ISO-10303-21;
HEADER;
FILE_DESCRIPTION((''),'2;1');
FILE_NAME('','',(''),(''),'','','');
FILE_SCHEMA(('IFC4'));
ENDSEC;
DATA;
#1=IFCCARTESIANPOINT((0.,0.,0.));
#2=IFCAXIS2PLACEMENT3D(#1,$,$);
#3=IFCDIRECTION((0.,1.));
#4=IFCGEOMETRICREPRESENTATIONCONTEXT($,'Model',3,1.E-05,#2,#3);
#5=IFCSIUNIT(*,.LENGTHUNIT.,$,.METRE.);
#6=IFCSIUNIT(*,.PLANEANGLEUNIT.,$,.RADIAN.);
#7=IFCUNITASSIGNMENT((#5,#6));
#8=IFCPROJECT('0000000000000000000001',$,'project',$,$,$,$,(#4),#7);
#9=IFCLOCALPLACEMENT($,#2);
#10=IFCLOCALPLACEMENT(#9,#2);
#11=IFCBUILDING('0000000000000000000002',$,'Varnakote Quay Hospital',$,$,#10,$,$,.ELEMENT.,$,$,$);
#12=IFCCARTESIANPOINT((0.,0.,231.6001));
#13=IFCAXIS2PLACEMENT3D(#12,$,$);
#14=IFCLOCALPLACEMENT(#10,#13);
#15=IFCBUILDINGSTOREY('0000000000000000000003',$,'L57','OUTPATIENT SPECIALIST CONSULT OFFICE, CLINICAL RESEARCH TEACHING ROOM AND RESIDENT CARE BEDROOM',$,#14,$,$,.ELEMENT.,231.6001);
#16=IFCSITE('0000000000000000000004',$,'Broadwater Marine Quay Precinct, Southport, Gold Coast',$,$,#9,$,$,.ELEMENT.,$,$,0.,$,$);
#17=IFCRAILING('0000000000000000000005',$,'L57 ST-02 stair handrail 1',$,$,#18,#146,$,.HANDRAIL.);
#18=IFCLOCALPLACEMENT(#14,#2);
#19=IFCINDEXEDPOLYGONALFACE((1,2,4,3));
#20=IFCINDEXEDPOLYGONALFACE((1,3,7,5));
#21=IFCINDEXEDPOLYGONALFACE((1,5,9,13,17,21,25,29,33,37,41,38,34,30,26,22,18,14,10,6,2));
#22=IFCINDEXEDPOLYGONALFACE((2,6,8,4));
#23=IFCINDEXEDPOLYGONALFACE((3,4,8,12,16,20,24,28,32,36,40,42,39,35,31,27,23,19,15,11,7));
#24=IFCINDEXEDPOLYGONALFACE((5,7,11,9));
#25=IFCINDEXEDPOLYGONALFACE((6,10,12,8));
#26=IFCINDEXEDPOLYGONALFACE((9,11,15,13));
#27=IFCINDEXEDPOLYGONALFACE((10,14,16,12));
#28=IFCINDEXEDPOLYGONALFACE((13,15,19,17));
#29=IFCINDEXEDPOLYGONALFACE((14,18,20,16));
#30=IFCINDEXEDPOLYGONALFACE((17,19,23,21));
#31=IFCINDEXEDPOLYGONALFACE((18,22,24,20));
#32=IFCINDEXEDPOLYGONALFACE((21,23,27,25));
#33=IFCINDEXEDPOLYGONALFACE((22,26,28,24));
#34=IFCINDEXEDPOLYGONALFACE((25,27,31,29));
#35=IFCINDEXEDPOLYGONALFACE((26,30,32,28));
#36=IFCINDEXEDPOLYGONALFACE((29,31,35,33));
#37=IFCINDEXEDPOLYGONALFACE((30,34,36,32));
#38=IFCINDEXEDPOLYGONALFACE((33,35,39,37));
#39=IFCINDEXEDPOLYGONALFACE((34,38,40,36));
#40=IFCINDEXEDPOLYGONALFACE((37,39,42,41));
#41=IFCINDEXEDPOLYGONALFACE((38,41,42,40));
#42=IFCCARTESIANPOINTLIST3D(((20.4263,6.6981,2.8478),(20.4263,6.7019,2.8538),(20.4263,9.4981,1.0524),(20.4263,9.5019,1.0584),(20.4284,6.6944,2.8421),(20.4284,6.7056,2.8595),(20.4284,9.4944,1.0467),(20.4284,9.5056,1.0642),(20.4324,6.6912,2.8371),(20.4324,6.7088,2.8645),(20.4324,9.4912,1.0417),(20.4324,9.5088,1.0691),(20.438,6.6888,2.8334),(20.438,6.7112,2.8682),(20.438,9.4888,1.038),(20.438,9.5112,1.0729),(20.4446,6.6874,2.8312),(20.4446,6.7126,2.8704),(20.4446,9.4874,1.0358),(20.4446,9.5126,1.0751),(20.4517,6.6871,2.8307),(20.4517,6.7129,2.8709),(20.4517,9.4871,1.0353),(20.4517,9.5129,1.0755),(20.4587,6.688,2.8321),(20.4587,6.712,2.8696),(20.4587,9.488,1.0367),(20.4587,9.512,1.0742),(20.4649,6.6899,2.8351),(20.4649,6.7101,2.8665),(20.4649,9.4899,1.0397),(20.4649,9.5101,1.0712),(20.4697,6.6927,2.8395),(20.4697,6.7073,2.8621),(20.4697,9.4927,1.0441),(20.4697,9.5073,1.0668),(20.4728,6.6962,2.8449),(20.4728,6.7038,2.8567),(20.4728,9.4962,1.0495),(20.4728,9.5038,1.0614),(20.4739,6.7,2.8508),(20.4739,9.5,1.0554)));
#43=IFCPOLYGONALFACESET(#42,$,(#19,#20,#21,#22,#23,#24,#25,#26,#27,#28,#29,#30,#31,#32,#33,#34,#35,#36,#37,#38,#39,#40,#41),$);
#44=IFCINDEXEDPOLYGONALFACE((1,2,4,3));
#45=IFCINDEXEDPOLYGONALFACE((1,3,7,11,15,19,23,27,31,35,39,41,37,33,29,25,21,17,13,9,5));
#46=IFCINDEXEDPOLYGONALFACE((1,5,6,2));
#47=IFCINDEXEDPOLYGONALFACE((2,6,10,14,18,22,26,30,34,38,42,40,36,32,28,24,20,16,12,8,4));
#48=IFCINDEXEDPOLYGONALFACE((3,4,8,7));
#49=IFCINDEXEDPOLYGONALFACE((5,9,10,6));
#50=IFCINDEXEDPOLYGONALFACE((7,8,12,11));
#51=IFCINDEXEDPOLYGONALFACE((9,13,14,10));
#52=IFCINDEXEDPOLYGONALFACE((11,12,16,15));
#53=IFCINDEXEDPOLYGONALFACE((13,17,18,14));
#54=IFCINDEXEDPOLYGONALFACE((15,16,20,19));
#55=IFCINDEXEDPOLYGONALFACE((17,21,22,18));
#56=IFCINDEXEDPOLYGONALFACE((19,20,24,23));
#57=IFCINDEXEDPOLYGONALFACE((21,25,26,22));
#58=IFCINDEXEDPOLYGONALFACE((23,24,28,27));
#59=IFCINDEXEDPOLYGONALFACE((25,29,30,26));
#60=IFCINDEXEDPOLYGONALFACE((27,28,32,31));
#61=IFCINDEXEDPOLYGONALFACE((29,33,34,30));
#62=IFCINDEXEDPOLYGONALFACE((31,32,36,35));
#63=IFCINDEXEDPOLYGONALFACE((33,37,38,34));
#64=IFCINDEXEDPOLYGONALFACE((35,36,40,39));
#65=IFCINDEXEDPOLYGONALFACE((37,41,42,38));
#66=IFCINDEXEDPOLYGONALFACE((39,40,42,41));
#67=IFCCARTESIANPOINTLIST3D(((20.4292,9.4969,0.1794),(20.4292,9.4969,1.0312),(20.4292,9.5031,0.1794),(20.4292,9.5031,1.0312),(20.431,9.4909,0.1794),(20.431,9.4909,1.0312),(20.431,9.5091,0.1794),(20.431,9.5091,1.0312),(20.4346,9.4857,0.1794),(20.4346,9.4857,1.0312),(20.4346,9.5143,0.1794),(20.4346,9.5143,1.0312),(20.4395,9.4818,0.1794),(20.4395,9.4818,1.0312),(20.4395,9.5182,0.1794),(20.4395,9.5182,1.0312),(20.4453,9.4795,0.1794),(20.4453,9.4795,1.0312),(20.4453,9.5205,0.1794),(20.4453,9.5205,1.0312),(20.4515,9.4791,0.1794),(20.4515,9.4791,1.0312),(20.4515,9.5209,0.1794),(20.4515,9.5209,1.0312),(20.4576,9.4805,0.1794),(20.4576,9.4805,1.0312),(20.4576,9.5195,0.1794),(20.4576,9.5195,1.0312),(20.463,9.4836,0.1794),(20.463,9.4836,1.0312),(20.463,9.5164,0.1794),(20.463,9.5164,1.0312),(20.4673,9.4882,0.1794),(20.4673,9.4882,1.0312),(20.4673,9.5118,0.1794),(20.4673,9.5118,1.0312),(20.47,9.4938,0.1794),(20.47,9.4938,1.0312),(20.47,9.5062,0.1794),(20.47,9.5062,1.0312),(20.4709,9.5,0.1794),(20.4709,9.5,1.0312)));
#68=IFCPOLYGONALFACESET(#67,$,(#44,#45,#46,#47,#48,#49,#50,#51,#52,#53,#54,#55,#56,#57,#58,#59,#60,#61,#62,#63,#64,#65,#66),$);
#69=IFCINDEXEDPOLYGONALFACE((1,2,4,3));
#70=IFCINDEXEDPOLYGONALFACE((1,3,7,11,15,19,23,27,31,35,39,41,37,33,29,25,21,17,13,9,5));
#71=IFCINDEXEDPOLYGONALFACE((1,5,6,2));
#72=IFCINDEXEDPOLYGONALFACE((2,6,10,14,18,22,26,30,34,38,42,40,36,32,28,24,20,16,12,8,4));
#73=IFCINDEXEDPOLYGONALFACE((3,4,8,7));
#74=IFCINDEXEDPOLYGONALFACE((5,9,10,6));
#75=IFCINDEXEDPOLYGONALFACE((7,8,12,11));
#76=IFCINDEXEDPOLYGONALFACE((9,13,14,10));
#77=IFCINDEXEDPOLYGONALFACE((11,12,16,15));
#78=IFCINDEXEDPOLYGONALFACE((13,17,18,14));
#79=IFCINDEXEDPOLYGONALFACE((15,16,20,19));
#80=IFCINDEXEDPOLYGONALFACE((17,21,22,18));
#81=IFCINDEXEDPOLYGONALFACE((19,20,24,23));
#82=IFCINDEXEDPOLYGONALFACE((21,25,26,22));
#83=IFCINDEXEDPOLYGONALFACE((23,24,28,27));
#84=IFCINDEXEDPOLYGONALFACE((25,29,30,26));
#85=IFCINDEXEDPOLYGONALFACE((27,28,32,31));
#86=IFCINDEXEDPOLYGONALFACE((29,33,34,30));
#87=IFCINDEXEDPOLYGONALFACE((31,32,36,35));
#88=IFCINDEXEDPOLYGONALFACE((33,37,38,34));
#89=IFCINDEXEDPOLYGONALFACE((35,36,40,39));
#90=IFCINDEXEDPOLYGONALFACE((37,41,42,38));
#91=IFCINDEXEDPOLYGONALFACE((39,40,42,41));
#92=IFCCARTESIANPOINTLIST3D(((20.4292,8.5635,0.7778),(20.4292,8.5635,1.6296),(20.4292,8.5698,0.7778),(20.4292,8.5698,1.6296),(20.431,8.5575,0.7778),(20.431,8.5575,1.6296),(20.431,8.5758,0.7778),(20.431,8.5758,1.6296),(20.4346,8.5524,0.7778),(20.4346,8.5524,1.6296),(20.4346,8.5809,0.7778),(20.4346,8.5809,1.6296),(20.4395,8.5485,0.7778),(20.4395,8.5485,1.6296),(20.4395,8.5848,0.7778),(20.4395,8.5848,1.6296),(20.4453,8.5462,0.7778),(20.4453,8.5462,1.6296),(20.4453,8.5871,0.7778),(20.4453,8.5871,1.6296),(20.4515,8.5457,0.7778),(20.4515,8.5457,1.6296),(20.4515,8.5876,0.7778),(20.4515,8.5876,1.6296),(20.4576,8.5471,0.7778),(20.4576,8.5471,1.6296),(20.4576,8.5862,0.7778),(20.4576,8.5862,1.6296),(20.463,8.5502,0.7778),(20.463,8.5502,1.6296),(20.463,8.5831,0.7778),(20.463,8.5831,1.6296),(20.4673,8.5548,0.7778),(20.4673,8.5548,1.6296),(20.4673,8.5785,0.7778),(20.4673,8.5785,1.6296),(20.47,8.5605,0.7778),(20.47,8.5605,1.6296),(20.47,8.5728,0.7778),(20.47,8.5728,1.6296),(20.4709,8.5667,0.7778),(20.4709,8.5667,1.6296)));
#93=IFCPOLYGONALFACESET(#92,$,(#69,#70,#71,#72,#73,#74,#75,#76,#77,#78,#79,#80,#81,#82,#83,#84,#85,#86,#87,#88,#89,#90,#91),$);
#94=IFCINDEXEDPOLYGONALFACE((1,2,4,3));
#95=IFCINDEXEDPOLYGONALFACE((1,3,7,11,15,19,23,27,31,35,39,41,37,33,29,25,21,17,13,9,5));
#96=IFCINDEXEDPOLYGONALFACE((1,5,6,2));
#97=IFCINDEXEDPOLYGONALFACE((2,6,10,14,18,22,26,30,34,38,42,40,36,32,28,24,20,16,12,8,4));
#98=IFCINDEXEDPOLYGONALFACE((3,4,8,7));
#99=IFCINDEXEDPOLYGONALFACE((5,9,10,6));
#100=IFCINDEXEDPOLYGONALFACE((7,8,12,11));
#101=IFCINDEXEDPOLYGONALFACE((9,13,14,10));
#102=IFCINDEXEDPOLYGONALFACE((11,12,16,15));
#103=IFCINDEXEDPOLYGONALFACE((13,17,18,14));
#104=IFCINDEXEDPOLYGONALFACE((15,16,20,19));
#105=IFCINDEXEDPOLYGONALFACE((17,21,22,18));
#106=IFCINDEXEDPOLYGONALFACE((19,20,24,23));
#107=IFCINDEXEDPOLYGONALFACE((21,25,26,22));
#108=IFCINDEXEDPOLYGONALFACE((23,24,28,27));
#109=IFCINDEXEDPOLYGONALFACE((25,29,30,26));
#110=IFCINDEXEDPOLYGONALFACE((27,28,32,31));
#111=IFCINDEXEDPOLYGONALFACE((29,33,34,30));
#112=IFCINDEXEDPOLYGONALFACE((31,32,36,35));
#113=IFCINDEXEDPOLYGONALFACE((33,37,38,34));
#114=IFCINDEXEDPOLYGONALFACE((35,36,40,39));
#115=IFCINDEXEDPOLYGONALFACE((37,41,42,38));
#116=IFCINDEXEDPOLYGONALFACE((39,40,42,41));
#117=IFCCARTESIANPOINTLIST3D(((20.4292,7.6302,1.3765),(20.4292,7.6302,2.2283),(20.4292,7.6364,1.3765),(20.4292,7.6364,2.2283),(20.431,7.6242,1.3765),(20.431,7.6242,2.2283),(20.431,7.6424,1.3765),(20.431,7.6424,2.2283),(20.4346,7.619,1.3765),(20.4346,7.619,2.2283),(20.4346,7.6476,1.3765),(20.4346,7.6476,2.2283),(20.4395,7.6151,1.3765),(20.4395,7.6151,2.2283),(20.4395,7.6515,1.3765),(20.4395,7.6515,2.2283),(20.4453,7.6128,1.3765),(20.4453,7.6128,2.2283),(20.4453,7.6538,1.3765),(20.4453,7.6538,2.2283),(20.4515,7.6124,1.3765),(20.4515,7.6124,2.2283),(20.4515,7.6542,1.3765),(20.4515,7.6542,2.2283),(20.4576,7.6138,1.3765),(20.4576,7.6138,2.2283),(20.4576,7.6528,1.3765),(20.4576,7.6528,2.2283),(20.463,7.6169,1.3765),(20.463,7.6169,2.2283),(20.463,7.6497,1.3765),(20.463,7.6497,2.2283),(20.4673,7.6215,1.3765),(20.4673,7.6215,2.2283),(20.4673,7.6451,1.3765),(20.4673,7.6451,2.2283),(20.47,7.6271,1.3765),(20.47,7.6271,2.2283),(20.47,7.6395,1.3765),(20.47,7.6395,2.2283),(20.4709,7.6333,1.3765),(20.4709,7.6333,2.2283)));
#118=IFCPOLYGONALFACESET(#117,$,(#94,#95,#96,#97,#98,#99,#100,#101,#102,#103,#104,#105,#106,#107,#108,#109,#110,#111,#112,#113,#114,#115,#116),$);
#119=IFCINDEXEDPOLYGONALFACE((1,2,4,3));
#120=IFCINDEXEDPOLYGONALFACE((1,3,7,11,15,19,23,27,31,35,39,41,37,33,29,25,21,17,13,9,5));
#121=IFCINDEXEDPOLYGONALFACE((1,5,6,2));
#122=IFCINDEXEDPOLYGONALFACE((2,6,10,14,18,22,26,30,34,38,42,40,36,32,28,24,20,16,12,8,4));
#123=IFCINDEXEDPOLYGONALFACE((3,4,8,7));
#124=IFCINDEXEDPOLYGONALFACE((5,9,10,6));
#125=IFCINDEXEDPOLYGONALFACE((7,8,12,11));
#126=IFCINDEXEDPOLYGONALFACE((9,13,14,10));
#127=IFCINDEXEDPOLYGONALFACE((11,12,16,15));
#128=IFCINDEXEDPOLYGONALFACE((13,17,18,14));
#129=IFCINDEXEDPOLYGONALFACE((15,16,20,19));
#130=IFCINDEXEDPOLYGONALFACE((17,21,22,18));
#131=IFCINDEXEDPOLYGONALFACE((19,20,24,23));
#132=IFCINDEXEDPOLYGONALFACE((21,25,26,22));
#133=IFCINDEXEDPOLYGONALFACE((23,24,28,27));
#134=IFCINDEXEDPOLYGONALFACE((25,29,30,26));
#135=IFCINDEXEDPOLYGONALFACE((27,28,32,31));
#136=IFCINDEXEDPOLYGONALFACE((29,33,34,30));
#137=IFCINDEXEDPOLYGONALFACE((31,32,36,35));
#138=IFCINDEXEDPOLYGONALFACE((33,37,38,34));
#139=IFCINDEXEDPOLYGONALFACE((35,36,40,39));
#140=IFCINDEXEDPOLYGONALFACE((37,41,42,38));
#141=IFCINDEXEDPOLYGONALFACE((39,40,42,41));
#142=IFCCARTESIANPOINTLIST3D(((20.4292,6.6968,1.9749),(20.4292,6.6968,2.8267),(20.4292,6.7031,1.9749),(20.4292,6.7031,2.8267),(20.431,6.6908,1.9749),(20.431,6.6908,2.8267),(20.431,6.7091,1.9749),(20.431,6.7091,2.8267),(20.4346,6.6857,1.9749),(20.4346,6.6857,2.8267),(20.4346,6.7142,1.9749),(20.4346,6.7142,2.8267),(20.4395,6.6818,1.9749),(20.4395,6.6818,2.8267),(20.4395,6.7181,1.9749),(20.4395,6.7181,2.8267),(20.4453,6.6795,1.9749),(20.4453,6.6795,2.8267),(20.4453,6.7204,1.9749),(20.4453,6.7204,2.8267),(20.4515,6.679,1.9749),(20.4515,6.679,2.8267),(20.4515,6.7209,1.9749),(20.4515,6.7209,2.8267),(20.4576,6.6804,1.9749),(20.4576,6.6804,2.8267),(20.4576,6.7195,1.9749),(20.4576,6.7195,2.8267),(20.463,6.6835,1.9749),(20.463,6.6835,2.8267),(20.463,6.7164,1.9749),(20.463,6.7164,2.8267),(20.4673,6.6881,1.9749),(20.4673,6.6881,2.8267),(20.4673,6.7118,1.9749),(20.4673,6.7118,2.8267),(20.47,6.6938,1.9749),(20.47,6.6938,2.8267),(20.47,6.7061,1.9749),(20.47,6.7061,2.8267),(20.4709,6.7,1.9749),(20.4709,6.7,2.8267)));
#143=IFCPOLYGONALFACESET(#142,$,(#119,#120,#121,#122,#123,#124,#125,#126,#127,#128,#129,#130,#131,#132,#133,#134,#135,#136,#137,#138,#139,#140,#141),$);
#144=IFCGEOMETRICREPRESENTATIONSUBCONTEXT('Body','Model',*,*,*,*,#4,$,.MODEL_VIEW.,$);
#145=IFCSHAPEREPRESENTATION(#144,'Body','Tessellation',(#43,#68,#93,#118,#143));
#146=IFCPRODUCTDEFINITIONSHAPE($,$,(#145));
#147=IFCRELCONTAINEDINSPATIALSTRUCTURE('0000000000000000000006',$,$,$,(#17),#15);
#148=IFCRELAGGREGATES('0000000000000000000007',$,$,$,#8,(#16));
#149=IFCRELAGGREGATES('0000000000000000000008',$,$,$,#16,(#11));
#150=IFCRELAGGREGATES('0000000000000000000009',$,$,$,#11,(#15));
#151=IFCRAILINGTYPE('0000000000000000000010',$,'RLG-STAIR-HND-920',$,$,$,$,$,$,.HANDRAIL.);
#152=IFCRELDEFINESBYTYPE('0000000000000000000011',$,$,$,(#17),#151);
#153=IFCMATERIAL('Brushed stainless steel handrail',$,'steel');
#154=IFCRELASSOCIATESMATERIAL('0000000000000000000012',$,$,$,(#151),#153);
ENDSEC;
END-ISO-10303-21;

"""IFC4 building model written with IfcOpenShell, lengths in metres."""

from ifc_helpers import new_model, si_unit, direction, frame, origin, origin_2d, place, context, subcontext, project, spatial, circle, extrude, material, type_object, element, save


model = new_model("IFC4")

# Units and contexts
model_context = context("Model", 3, precision=1e-05, world=origin(), true_north=direction((0.0, 1.0)))
body_context = subcontext(model_context, "Body", "Model", "MODEL_VIEW")
ifc_project = project(units=[si_unit("LENGTHUNIT", "METRE"), si_unit("PLANEANGLEUNIT", "RADIAN")], contexts=[model_context])

# Site, building, storey
site_placement = place(None, origin())
site = spatial("IfcSite", under=ifc_project, at=site_placement, Name="Broadwater Marine Quay Precinct, Southport, Gold Coast", CompositionType="ELEMENT", RefElevation=0.0)
building_placement = place(site_placement, origin())
building = spatial("IfcBuilding", under=site, at=building_placement, Name="Varnakote Quay Hospital", CompositionType="ELEMENT")
storey_placement = place(building_placement, frame((0.0, 0.0, 231.6001)))
storey = spatial("IfcBuildingStorey", under=building, at=storey_placement, Name="L57", Description="OUTPATIENT SPECIALIST CONSULT OFFICE, CLINICAL RESEARCH TEACHING ROOM AND RESIDENT CARE BEDROOM", CompositionType="ELEMENT", Elevation=231.6001)

# Railing
ifc_material_1 = material(Name="Brushed stainless steel handrail", Category="steel")
railing_type_1 = type_object("IfcRailingType", Name="RLG-STAIR-HND-920", PredefinedType="HANDRAIL", material=ifc_material_1)
railing_1_placement = place(storey_placement, frame((20.45, 9.5, 0.1794)))
element("IfcRailing", 1, at=railing_1_placement, inside=storey, type_object=railing_type_1, Name="L57 ST-02 stair handrail 1", PredefinedType="HANDRAIL", context=body_context, shape_type="SweptSolid", body=[
    extrude(circle(Radius=0.0239, at=origin_2d()), frame((0.0, 0.0, 0.876), z_axis=(0.0, -0.84181, 0.539774), x_axis=(1.0, 0.0, 0.0)), (0.0, 0.0, 1.0), 3.3262),
    extrude(circle(Radius=0.021, at=origin_2d()), origin(), (0.0, 0.0, 1.0), 0.8518),
    extrude(circle(Radius=0.021, at=origin_2d()), frame((0.0, -0.9333, 0.5984)), (0.0, 0.0, 1.0), 0.8518),
    extrude(circle(Radius=0.021, at=origin_2d()), frame((0.0, -1.8667, 1.197)), (0.0, 0.0, 1.0), 0.8518),
    extrude(circle(Radius=0.021, at=origin_2d()), frame((0.0, -2.8, 1.7954)), (0.0, 0.0, 1.0), 0.8518),
])

save(model, "model.ifc")
